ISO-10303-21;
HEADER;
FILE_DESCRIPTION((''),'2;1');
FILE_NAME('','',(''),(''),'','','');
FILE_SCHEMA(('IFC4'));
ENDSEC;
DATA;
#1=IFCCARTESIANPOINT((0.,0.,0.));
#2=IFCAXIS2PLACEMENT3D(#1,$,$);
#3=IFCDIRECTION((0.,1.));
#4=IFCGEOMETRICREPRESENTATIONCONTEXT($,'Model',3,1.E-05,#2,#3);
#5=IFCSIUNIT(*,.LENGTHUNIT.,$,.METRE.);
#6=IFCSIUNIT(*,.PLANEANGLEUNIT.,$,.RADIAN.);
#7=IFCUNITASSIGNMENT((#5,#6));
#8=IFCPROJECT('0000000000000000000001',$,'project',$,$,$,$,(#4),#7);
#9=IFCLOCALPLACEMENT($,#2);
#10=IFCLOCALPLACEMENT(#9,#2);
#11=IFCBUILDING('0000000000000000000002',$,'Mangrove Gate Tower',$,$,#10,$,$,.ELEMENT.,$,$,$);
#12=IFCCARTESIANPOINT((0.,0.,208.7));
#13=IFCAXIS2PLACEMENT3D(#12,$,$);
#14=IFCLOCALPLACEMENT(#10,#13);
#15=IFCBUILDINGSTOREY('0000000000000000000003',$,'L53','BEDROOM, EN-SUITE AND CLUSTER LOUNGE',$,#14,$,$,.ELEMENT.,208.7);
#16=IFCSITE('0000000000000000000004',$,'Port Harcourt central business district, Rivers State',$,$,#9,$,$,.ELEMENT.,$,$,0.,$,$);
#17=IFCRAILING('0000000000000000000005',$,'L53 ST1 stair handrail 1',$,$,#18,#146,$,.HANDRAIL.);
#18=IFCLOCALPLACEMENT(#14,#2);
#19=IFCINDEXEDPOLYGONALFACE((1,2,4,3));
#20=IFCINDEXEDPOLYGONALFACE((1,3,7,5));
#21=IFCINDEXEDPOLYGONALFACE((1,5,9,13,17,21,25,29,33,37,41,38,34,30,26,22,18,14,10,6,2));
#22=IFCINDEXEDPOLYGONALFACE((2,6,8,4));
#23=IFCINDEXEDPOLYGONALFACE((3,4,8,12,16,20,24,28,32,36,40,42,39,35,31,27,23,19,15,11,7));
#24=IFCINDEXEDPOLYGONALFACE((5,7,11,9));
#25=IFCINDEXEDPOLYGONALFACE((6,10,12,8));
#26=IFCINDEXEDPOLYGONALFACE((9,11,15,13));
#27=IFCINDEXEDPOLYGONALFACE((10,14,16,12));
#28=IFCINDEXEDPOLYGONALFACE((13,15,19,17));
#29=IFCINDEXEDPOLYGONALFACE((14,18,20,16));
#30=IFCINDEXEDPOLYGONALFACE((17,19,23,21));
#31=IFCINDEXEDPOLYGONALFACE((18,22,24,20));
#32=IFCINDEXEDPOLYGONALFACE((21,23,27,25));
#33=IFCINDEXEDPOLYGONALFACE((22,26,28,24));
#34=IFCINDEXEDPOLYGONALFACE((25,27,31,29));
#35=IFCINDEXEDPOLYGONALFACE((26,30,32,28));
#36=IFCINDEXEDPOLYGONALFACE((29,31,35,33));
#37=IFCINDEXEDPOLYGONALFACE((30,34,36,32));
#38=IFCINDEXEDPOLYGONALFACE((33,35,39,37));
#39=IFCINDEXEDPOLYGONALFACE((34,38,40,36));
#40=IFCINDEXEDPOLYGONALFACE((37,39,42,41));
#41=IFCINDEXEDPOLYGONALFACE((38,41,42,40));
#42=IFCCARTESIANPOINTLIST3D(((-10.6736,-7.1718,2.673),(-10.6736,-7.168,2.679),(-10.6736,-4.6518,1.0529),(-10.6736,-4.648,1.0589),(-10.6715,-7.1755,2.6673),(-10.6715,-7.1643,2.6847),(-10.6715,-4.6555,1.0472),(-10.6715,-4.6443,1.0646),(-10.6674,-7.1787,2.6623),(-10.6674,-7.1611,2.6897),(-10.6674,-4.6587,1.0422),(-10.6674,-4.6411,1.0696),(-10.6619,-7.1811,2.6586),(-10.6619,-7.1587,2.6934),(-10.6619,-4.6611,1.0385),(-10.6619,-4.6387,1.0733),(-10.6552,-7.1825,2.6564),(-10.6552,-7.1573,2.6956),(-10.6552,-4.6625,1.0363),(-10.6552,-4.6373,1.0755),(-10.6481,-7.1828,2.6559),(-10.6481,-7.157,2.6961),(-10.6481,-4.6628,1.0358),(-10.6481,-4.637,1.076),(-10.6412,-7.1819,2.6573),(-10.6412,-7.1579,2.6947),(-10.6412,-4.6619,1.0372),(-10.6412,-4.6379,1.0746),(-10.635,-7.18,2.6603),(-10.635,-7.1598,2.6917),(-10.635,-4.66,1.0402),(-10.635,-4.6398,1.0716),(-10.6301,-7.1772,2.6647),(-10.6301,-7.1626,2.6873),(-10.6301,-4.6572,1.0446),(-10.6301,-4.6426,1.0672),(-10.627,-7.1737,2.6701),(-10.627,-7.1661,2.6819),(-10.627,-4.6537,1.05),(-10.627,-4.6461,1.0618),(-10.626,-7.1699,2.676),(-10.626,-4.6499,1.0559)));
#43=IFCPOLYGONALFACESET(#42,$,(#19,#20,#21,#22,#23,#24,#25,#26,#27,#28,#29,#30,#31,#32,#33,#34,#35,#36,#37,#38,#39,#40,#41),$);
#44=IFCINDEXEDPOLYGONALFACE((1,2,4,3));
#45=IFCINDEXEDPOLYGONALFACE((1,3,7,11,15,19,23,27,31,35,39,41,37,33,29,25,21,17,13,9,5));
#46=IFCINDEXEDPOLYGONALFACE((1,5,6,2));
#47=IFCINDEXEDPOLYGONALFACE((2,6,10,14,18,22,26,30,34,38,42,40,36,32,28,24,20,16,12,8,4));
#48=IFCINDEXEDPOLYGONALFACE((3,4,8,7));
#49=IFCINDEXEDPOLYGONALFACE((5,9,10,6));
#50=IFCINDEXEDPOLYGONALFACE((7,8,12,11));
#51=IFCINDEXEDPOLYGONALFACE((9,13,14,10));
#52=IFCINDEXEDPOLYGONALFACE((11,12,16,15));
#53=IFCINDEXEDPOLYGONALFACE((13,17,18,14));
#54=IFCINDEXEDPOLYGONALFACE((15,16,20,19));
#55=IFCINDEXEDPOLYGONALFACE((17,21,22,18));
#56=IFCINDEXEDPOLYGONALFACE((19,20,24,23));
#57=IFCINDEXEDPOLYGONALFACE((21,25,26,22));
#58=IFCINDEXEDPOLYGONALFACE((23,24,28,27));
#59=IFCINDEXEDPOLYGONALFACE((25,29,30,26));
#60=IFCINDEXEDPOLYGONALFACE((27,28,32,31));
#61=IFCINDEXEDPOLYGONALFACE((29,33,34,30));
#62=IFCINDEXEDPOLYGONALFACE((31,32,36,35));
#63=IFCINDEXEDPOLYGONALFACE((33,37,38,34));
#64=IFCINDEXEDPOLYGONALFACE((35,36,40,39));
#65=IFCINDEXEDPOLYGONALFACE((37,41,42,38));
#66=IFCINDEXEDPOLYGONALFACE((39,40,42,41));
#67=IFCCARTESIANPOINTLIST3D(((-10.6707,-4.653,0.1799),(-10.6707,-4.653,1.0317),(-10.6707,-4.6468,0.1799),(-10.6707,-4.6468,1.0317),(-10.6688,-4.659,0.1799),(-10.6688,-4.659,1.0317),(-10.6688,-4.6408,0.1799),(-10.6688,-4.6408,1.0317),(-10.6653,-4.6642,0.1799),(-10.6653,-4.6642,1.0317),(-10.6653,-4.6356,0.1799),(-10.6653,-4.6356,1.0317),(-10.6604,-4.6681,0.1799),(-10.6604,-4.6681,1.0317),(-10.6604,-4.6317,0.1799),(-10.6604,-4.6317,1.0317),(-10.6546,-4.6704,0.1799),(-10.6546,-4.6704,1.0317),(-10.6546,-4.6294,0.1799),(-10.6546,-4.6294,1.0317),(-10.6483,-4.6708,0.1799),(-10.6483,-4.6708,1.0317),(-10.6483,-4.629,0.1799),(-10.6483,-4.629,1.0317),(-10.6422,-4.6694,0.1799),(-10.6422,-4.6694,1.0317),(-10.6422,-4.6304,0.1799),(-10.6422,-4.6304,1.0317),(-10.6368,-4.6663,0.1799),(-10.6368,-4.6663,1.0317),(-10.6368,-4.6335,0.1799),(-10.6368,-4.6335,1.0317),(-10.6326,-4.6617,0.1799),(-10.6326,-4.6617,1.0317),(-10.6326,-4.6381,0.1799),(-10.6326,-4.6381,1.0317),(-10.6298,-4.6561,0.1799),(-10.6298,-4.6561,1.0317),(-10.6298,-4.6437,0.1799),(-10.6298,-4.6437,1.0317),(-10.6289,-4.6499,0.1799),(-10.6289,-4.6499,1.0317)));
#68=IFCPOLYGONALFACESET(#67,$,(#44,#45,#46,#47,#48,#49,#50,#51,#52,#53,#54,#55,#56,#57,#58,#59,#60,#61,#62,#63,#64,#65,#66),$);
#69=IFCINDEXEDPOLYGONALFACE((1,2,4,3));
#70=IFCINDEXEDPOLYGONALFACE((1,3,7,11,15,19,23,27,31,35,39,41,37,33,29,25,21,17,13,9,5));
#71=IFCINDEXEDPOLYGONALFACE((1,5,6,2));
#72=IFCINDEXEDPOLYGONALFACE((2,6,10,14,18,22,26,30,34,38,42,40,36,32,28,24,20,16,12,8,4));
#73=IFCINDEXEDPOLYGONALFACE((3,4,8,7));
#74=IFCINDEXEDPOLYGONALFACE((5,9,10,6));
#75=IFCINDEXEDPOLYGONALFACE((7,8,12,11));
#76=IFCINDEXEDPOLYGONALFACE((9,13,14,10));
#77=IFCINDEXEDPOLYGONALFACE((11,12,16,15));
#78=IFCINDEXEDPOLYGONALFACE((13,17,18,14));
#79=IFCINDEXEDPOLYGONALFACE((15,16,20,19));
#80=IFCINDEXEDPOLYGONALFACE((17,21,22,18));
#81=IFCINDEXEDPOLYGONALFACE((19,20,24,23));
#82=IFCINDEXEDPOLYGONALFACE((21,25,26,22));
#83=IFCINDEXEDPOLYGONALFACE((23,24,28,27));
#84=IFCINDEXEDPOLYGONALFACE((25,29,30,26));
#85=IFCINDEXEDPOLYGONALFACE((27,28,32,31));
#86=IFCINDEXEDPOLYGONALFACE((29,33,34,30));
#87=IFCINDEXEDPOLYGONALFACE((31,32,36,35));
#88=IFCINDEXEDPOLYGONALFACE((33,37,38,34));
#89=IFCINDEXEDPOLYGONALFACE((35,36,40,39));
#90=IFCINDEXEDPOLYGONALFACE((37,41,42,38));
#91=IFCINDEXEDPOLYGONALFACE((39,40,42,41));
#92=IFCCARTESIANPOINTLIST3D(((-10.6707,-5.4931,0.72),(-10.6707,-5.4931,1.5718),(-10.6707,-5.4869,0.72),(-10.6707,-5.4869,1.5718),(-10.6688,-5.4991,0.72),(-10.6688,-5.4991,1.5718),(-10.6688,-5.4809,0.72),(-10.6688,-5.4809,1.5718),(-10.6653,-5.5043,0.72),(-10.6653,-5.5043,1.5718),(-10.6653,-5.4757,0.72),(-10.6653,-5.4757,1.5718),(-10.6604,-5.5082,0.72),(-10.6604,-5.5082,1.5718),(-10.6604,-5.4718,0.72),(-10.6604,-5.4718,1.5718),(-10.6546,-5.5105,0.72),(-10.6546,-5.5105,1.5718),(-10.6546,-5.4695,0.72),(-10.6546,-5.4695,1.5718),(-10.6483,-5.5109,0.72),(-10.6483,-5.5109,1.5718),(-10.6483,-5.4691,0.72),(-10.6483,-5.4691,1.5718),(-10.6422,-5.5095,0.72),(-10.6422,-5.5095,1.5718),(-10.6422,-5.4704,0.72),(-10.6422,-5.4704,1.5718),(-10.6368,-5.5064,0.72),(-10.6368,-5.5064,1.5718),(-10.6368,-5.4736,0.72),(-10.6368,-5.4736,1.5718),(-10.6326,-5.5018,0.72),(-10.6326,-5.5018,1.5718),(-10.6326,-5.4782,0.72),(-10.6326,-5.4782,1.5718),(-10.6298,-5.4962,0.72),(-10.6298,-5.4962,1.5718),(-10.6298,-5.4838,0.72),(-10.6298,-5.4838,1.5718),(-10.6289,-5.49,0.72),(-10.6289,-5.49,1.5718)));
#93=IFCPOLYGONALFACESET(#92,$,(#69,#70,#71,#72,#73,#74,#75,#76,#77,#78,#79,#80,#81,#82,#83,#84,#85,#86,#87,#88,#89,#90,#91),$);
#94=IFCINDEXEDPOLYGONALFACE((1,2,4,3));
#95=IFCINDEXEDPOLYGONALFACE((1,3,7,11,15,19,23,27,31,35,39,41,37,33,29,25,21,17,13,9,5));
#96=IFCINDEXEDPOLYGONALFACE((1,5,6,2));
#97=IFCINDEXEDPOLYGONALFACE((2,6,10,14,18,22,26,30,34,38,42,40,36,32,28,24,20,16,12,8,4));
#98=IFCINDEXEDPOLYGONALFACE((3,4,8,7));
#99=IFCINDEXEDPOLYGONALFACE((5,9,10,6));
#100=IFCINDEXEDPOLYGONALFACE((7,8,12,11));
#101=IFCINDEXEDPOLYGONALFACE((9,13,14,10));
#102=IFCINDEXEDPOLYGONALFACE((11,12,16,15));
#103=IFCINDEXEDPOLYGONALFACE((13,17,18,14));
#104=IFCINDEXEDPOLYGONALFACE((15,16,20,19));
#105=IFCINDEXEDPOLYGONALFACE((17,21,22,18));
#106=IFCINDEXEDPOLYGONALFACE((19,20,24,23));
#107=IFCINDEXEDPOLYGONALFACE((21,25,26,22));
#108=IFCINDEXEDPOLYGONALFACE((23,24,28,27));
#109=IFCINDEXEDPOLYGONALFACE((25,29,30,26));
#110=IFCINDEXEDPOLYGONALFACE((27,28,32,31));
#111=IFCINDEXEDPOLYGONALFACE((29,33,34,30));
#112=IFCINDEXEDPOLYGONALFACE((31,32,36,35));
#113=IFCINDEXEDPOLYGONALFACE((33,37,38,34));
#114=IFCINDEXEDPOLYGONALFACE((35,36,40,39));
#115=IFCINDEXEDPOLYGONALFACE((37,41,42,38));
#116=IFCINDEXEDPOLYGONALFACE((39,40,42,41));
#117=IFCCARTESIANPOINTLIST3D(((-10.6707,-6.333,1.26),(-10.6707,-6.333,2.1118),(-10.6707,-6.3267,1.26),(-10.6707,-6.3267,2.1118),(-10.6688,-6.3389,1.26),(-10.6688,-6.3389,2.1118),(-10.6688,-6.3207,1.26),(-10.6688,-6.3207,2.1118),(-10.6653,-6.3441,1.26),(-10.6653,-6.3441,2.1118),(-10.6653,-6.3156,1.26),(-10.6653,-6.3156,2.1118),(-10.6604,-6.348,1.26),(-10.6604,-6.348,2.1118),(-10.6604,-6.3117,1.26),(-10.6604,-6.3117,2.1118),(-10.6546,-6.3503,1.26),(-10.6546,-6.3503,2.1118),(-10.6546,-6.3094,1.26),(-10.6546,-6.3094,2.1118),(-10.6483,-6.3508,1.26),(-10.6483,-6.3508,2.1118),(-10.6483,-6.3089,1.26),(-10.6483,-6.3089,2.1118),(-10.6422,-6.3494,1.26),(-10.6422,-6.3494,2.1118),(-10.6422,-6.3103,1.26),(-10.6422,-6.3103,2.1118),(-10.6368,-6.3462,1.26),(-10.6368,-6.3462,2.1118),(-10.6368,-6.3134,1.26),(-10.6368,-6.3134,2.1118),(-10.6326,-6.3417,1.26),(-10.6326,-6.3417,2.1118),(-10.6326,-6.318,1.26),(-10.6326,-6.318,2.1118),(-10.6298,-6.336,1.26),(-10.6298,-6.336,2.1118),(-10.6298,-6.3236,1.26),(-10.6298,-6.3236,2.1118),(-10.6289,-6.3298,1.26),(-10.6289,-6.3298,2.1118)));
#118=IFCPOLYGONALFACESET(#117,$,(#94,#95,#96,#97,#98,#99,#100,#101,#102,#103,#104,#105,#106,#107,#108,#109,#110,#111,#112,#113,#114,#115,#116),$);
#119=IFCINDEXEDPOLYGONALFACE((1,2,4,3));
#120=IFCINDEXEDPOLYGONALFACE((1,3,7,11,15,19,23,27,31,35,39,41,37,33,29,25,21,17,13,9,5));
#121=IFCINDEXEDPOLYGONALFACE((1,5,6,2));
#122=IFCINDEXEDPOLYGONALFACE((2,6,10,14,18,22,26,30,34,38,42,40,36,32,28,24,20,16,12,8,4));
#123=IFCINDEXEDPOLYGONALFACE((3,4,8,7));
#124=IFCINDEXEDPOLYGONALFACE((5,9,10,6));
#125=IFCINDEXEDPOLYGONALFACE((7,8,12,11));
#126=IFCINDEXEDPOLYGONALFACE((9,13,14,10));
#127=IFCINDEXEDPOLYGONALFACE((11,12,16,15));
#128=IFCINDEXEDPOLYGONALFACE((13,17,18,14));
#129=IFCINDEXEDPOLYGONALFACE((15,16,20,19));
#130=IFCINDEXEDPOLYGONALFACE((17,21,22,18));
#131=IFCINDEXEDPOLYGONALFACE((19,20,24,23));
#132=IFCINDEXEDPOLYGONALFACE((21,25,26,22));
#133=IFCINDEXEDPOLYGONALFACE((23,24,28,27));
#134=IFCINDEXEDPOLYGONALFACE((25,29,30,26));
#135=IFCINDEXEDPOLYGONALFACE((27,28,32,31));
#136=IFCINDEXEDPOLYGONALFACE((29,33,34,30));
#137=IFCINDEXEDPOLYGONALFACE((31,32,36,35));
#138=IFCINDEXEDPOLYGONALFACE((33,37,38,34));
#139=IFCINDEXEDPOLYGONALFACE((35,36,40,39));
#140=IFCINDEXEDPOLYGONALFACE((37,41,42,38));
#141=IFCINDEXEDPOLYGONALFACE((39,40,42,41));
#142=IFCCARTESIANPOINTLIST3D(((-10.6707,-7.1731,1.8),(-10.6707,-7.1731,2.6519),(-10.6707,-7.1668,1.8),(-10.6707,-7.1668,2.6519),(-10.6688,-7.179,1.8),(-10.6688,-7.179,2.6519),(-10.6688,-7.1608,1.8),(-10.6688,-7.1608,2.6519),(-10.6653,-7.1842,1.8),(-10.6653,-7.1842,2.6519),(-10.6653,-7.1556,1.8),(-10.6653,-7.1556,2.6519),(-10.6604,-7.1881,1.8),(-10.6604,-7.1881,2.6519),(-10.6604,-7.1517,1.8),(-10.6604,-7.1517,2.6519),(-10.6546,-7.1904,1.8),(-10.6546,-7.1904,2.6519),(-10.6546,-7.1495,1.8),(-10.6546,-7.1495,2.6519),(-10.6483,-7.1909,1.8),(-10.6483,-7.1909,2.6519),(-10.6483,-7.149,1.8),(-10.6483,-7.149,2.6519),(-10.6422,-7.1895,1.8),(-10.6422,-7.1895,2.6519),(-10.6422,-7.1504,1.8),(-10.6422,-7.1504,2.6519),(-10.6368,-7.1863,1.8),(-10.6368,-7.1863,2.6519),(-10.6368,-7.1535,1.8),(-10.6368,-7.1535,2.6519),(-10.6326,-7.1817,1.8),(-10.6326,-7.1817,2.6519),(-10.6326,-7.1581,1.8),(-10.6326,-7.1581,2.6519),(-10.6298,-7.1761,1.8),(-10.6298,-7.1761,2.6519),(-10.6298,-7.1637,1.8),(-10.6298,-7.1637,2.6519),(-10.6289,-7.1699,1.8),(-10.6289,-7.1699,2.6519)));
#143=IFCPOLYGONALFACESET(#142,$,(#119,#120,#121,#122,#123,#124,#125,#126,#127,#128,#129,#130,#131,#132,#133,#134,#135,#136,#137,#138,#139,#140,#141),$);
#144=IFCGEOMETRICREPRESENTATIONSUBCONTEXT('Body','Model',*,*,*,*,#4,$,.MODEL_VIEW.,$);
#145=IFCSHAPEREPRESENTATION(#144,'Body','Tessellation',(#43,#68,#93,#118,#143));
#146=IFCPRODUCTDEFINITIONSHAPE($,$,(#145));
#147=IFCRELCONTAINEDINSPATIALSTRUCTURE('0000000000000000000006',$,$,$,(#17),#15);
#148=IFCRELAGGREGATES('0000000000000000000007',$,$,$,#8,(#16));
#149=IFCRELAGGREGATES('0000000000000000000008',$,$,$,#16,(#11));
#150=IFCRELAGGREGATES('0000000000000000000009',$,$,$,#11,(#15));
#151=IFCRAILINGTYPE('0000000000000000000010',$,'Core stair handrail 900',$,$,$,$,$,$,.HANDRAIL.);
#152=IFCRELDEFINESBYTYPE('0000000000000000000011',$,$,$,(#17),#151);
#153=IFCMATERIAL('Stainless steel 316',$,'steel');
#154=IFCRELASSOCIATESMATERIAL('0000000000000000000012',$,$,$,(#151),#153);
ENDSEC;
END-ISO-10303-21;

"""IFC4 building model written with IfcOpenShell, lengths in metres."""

from ifc_helpers import new_model, si_unit, direction, frame, origin, origin_2d, place, context, subcontext, project, spatial, circle, extrude, material, type_object, element, save


model = new_model("IFC4")

# Units and contexts
model_context = context("Model", 3, precision=1e-05, world=origin(), true_north=direction((0.0, 1.0)))
body_context = subcontext(model_context, "Body", "Model", "MODEL_VIEW")
ifc_project = project(units=[si_unit("LENGTHUNIT", "METRE"), si_unit("PLANEANGLEUNIT", "RADIAN")], contexts=[model_context])

# Site, building, storey
site_placement = place(None, origin())
site = spatial("IfcSite", under=ifc_project, at=site_placement, Name="Port Harcourt central business district, Rivers State", CompositionType="ELEMENT", RefElevation=0.0)
building_placement = place(site_placement, origin())
building = spatial("IfcBuilding", under=site, at=building_placement, Name="Mangrove Gate Tower", CompositionType="ELEMENT")
storey_placement = place(building_placement, frame((0.0, 0.0, 208.7)))
storey = spatial("IfcBuildingStorey", under=building, at=storey_placement, Name="L53", Description="BEDROOM, EN-SUITE AND CLUSTER LOUNGE", CompositionType="ELEMENT", Elevation=208.7)

# Railing
ifc_material_1 = material(Name="Stainless steel 316", Category="steel")
railing_type_1 = type_object("IfcRailingType", Name="Core stair handrail 900", PredefinedType="HANDRAIL", material=ifc_material_1)
railing_1_placement = place(storey_placement, frame((-10.6499, -4.6499, 0.1799)))
element("IfcRailing", 1, at=railing_1_placement, inside=storey, type_object=railing_type_1, Name="L53 ST1 stair handrail 1", PredefinedType="HANDRAIL", context=body_context, shape_type="SweptSolid", body=[
    extrude(circle(Radius=0.0239, at=origin_2d()), frame((0.0, 0.0, 0.876), z_axis=(0.0, -0.841163, 0.540782), x_axis=(1.0, 0.0, 0.0)), (0.0, 0.0, 1.0), 2.9958),
    extrude(circle(Radius=0.021, at=origin_2d()), origin(), (0.0, 0.0, 1.0), 0.8518),
    extrude(circle(Radius=0.021, at=origin_2d()), frame((0.0, -0.8401, 0.54)), (0.0, 0.0, 1.0), 0.8518),
    extrude(circle(Radius=0.021, at=origin_2d()), frame((0.0, -1.6799, 1.0801)), (0.0, 0.0, 1.0), 0.8518),
    extrude(circle(Radius=0.021, at=origin_2d()), frame((0.0, -2.52, 1.6201)), (0.0, 0.0, 1.0), 0.8518),
])

save(model, "model.ifc")
